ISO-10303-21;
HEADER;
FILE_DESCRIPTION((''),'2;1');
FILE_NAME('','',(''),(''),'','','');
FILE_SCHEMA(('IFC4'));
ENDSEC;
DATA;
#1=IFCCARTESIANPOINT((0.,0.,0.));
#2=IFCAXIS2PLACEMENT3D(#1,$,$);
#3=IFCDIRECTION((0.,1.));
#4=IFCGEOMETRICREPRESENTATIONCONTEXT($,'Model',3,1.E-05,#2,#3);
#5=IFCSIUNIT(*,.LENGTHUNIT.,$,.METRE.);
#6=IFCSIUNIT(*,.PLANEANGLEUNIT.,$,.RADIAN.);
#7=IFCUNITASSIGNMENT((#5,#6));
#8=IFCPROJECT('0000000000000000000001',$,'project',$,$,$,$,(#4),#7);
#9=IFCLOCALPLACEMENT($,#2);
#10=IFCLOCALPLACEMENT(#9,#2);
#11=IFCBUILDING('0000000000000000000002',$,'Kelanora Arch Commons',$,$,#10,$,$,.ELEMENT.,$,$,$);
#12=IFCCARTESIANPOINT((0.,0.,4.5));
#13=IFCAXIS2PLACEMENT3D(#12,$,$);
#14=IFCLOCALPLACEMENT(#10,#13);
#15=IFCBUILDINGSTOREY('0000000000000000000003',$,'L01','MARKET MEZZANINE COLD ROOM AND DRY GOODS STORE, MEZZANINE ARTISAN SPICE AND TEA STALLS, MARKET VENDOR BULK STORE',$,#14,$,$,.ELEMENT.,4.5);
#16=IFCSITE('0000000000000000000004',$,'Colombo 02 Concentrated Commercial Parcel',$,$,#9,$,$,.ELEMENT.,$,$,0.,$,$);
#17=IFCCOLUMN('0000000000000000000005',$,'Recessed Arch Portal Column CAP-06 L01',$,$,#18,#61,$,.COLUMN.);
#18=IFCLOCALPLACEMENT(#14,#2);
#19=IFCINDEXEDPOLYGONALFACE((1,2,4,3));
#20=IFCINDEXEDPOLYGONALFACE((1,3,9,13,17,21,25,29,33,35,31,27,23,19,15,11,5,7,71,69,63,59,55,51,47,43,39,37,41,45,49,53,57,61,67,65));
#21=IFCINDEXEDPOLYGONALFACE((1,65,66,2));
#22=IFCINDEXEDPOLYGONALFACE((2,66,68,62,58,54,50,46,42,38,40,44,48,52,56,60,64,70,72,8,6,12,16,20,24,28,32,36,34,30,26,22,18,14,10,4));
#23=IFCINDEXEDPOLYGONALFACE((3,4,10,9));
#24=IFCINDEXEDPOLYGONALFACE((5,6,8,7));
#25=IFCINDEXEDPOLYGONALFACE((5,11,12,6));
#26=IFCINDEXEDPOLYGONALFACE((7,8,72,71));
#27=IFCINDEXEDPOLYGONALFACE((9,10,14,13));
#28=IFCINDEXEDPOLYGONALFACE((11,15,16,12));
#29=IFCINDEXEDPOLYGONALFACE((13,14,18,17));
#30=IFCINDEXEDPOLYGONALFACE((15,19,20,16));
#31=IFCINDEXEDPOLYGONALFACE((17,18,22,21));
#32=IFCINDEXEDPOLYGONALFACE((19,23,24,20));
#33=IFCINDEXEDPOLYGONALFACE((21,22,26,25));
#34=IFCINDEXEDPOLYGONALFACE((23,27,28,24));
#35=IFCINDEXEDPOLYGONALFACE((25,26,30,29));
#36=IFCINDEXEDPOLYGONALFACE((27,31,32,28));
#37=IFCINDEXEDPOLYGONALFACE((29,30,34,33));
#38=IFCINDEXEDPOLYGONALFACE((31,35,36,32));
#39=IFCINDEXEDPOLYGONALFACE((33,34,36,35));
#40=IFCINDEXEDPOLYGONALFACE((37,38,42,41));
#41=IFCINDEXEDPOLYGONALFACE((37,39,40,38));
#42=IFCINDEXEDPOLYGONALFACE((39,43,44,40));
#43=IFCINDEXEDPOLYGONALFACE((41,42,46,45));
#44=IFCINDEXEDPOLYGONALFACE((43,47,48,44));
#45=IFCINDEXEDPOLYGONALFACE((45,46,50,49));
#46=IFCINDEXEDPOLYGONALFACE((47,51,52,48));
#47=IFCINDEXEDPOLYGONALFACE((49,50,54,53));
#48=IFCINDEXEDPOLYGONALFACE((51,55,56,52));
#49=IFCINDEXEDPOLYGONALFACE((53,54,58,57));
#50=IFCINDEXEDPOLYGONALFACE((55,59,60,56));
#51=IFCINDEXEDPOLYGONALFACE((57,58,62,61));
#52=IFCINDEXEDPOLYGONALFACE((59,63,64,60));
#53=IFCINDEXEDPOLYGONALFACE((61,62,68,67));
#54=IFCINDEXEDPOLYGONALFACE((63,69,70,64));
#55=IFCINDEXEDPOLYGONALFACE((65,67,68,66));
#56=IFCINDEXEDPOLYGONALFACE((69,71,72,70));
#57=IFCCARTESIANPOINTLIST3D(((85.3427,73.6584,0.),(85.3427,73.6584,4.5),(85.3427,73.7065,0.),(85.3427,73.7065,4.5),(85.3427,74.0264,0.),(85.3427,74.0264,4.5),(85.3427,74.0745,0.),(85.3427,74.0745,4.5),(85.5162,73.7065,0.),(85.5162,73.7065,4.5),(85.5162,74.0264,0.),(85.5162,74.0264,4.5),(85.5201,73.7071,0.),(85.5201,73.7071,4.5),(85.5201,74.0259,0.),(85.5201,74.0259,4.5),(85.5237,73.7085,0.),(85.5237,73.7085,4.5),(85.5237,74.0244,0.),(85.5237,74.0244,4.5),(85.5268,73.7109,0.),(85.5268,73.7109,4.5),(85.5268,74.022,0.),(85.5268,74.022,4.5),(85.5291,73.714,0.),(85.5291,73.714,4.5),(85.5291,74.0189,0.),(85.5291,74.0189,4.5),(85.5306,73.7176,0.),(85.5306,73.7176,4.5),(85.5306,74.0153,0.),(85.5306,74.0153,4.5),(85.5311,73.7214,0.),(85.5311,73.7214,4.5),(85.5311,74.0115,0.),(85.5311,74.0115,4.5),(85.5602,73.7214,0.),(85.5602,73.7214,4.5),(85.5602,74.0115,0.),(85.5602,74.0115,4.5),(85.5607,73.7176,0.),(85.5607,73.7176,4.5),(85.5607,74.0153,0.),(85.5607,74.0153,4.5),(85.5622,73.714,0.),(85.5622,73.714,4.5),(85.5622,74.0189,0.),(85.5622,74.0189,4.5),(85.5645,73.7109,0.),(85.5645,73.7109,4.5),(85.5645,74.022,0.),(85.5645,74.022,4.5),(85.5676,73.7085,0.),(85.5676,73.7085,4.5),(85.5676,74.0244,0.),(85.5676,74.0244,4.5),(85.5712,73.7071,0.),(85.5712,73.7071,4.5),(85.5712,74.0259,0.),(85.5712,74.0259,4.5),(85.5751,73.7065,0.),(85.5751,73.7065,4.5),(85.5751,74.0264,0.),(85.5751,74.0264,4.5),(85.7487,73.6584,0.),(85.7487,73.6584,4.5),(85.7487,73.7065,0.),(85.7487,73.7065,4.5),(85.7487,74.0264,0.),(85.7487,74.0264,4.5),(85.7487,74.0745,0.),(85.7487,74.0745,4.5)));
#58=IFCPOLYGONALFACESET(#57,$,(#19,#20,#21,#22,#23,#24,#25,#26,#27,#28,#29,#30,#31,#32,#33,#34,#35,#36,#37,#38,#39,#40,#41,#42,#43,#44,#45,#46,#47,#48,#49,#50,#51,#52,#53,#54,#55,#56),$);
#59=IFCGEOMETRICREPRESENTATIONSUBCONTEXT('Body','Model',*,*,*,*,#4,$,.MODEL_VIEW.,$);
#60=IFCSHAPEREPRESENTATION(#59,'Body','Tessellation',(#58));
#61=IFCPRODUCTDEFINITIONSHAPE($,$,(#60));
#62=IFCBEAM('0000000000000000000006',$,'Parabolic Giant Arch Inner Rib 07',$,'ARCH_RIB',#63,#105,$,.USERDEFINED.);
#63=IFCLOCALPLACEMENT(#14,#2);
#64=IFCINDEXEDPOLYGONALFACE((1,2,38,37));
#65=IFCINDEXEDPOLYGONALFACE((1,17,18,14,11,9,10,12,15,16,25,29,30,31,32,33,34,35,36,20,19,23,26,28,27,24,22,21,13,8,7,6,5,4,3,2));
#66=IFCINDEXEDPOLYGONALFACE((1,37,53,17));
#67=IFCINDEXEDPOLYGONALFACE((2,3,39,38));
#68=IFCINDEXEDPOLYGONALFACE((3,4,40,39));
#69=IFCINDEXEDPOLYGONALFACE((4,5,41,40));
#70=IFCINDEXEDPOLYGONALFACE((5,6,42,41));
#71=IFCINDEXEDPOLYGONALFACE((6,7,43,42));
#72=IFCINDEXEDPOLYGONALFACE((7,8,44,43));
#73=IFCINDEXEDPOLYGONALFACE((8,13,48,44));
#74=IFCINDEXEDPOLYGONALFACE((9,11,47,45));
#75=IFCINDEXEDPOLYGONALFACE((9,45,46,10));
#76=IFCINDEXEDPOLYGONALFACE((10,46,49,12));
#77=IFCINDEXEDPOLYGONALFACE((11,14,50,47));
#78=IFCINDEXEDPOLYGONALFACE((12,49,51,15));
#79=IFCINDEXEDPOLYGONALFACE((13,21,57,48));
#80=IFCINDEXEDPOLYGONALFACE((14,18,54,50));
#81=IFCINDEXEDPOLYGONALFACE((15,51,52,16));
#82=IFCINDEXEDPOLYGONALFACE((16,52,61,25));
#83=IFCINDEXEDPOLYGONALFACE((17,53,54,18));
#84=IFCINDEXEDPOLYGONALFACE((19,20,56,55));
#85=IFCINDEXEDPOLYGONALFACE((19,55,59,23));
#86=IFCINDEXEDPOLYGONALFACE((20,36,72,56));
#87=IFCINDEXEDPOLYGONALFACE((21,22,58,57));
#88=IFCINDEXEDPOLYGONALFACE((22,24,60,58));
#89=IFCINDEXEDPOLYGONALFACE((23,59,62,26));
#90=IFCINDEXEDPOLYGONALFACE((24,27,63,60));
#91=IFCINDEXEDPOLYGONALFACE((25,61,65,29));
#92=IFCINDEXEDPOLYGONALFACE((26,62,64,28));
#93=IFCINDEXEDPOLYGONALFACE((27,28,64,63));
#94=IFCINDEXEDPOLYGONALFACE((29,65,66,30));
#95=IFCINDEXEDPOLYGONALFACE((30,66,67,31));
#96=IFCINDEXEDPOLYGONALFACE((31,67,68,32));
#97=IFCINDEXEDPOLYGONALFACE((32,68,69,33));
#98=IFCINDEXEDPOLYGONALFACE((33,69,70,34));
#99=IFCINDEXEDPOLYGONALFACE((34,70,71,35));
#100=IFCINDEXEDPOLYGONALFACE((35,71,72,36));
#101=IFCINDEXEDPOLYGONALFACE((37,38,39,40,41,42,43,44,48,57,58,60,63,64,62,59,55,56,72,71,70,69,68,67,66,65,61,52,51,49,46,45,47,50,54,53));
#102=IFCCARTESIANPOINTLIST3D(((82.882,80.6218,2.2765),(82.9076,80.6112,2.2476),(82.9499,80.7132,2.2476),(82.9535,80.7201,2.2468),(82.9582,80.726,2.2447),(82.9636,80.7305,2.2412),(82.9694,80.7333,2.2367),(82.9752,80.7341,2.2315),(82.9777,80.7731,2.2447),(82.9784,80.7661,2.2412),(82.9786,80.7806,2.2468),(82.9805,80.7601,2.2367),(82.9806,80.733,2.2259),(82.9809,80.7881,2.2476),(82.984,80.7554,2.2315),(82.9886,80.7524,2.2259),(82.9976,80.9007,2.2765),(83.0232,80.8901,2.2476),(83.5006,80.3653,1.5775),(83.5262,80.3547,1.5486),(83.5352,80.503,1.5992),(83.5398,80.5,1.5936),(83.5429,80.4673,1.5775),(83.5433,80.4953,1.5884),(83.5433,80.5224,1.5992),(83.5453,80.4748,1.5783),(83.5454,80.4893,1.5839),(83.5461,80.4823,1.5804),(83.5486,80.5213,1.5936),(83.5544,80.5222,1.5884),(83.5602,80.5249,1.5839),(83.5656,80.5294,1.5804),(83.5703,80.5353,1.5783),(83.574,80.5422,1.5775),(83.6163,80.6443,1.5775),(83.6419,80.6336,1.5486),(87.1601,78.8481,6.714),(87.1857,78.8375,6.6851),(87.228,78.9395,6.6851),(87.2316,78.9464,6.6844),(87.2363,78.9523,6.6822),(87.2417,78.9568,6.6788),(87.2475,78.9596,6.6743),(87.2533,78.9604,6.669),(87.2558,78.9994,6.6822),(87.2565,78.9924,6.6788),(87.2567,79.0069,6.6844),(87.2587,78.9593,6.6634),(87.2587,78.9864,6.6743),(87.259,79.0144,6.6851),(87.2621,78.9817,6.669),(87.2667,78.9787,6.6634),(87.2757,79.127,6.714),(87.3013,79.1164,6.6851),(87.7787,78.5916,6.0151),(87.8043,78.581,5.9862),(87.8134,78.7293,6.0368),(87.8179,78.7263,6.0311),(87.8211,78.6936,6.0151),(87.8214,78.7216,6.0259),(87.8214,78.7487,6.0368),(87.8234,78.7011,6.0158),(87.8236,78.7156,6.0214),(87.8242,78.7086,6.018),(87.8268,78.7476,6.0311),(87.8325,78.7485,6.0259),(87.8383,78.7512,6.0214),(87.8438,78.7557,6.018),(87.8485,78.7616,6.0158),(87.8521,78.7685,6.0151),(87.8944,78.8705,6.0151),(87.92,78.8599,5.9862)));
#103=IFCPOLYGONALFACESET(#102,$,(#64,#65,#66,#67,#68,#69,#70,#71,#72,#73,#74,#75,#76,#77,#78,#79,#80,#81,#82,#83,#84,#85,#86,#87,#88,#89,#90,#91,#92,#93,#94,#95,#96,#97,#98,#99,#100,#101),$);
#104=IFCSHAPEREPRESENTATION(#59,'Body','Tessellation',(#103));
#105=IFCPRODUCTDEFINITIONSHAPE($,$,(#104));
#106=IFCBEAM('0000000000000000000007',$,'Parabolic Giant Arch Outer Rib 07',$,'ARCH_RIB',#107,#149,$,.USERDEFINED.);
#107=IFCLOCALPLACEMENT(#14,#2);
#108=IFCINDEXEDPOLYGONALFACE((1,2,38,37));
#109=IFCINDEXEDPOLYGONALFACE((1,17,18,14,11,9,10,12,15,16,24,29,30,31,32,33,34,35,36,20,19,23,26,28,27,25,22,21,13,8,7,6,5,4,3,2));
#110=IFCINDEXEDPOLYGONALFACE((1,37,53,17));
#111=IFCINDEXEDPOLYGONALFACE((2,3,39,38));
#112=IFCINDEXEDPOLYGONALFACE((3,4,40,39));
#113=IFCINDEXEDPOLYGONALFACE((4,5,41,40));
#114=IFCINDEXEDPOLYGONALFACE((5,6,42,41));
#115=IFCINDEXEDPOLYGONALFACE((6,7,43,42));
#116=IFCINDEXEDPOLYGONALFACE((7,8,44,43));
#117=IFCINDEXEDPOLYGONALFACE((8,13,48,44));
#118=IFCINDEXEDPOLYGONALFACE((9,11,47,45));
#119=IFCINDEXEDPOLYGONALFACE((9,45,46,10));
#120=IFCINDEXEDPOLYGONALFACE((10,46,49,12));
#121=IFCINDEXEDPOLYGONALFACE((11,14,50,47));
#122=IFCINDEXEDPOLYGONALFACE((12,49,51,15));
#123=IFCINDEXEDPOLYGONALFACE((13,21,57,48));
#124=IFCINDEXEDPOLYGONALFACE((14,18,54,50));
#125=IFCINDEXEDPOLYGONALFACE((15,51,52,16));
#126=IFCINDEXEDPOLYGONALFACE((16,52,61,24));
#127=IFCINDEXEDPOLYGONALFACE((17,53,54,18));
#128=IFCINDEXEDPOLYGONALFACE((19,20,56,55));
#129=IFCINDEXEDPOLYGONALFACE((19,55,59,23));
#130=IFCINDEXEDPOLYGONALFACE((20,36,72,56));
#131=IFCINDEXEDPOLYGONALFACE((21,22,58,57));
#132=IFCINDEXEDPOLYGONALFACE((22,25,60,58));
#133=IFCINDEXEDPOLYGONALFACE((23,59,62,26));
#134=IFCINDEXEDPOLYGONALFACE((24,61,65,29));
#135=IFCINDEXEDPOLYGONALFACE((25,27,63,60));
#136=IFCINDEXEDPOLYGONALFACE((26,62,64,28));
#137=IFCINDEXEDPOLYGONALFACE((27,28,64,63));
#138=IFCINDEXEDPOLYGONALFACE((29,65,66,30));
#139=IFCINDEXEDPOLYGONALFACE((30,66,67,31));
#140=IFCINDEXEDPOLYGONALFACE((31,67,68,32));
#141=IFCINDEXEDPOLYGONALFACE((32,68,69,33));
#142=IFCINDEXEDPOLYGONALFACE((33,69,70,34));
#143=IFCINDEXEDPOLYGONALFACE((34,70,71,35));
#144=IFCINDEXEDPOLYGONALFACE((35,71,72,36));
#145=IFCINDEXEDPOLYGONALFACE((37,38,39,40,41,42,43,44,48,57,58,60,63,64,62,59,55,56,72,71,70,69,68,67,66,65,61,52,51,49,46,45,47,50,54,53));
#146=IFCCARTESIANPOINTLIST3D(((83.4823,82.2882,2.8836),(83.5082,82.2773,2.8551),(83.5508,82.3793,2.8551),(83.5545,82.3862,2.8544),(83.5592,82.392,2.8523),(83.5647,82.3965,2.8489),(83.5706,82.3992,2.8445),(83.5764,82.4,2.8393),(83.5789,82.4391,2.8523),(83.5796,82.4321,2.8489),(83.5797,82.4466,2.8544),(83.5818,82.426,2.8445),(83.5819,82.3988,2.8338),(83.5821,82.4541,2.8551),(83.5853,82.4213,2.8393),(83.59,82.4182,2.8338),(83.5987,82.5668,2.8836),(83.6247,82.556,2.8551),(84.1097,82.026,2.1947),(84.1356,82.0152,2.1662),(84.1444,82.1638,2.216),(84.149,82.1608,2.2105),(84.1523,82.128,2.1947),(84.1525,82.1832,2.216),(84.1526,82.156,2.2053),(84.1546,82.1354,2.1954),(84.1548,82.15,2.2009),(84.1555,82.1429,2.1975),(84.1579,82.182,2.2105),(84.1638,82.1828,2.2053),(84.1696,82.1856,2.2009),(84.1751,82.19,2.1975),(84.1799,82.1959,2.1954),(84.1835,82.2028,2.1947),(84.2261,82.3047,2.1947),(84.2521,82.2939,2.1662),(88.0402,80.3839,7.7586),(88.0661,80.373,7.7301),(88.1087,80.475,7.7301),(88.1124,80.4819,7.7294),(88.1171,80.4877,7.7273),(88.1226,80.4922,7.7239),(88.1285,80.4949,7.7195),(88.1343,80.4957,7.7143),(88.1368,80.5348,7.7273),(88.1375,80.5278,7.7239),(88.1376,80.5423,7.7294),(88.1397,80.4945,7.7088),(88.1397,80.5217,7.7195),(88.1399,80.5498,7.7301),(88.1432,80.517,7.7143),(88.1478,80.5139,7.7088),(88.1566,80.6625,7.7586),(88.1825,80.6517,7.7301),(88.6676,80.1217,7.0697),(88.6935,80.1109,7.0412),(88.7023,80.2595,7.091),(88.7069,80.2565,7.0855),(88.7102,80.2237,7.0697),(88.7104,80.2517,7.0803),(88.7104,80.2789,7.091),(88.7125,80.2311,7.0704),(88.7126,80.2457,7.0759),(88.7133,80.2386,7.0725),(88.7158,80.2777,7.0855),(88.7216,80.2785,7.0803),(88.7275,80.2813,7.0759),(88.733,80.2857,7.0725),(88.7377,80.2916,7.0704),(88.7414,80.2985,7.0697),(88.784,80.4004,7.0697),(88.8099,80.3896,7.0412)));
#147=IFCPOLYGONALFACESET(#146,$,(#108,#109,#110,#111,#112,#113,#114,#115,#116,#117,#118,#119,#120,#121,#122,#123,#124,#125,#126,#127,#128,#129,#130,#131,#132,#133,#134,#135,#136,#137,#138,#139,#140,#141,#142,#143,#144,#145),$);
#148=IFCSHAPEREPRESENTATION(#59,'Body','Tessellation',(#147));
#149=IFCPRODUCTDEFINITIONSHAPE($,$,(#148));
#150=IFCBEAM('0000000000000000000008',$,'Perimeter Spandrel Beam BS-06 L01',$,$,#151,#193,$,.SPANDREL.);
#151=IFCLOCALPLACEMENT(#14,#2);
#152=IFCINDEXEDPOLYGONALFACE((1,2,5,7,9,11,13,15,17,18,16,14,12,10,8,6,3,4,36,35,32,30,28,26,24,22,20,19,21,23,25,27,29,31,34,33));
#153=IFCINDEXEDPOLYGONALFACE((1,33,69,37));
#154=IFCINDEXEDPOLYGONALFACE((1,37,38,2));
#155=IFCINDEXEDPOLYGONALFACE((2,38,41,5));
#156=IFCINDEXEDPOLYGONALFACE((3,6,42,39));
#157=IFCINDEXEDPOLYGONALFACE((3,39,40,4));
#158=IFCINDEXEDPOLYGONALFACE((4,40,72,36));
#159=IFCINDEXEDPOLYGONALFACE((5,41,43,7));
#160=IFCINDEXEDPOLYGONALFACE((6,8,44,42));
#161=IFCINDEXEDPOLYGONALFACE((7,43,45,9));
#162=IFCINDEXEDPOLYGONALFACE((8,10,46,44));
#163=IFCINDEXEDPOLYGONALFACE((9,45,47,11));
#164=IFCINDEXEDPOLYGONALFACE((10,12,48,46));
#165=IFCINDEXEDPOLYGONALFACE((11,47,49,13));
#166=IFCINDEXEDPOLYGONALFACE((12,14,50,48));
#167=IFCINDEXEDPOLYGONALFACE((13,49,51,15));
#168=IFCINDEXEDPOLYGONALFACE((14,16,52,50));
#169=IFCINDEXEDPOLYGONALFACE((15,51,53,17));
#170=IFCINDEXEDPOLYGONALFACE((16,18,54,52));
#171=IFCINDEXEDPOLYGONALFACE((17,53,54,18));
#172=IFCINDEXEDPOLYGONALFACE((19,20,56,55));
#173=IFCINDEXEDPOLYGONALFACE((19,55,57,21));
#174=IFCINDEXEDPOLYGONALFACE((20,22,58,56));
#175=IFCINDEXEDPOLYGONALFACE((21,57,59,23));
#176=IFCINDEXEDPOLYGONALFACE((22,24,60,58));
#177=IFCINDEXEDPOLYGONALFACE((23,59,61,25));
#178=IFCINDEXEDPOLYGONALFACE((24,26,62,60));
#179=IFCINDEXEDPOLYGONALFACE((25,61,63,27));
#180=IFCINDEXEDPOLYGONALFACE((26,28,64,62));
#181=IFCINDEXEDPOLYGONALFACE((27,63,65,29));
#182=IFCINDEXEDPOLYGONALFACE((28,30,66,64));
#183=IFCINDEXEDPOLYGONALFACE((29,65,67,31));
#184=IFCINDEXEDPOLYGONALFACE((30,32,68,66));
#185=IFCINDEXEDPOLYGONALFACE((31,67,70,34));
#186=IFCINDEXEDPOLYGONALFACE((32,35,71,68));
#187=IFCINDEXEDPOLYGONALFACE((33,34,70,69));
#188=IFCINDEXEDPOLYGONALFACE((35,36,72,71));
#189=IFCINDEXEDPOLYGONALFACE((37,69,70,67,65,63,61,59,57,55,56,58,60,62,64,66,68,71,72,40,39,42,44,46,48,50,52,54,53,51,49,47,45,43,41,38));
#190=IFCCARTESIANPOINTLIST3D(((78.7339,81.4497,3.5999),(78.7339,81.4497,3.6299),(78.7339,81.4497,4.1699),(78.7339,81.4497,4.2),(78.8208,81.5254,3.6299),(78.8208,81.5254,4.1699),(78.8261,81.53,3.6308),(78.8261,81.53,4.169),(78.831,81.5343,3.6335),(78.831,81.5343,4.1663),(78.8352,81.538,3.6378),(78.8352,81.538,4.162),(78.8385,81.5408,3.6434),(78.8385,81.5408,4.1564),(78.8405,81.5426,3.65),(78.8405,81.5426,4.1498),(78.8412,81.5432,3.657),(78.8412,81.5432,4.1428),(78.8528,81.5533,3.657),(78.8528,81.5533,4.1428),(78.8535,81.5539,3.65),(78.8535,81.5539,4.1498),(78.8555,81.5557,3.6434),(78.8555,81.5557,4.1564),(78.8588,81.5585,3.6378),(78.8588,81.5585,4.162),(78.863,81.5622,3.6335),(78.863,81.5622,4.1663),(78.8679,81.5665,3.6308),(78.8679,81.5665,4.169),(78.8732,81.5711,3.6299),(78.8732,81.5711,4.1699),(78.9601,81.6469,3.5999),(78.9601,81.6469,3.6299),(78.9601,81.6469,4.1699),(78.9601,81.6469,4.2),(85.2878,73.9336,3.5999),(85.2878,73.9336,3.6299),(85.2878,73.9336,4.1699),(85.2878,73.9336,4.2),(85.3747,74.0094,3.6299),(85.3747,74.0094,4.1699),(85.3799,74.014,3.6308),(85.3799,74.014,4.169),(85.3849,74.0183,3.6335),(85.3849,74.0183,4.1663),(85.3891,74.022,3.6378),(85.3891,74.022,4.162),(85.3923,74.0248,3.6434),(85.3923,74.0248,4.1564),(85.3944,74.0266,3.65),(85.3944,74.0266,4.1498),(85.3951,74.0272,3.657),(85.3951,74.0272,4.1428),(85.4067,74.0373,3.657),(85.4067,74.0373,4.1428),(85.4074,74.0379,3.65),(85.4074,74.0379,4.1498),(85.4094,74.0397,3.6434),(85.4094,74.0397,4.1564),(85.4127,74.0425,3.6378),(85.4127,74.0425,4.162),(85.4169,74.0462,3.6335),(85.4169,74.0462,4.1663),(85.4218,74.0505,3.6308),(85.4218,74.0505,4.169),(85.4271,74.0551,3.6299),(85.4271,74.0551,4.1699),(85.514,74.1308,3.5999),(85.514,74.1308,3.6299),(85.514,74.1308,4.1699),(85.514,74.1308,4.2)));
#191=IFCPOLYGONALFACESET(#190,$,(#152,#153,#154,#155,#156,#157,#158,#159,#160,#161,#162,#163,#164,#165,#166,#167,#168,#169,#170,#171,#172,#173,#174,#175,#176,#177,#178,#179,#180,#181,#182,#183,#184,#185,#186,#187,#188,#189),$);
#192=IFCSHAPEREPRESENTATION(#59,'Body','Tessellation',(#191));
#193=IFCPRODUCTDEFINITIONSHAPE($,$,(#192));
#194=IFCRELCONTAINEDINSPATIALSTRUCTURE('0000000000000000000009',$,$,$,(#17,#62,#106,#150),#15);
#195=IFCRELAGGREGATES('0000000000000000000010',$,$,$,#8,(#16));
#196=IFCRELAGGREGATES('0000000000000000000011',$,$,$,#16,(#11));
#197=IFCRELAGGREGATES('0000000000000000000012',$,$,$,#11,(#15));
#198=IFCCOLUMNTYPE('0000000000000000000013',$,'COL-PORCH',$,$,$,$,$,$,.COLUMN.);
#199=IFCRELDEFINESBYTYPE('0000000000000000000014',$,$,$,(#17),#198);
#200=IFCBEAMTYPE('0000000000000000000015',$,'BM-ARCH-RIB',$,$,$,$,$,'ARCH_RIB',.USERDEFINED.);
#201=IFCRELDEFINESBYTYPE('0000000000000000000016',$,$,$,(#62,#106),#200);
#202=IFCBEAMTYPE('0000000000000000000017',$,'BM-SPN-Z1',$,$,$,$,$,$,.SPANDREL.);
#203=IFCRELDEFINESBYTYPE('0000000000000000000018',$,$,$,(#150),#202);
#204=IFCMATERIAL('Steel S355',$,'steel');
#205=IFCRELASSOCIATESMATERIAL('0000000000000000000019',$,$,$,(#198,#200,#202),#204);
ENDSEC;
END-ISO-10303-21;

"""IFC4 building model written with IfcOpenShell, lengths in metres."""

from ifc_helpers import new_model, si_unit, direction, frame, origin, origin_2d, place, context, subcontext, project, spatial, i_section, extrude, material, material_profile, profile_set, type_object, element, save


model = new_model("IFC4")

# Units and contexts
model_context = context("Model", 3, precision=1e-05, world=origin(), true_north=direction((0.0, 1.0)))
body_context = subcontext(model_context, "Body", "Model", "MODEL_VIEW")
ifc_project = project(units=[si_unit("LENGTHUNIT", "METRE"), si_unit("PLANEANGLEUNIT", "RADIAN")], contexts=[model_context])

# Site, building, storey
site_placement = place(None, origin())
site = spatial("IfcSite", under=ifc_project, at=site_placement, Name="Colombo 02 Concentrated Commercial Parcel", CompositionType="ELEMENT", RefElevation=0.0)
building_placement = place(site_placement, origin())
building = spatial("IfcBuilding", under=site, at=building_placement, Name="Kelanora Arch Commons", CompositionType="ELEMENT")
storey_placement = place(building_placement, frame((0.0, 0.0, 4.5)))
storey = spatial("IfcBuildingStorey", under=building, at=storey_placement, Name="L01", Description="MARKET MEZZANINE COLD ROOM AND DRY GOODS STORE, MEZZANINE ARTISAN SPICE AND TEA STALLS, MARKET VENDOR BULK STORE", CompositionType="ELEMENT", Elevation=4.5)

# Column
ifc_material_1 = material(Name="Steel S355", Category="steel")
ifc_material_profile_1 = material_profile(ifc_material_1, i_section(OverallWidth=0.406, OverallDepth=0.416, WebThickness=0.0291, FlangeThickness=0.0481, FilletRadius=0.0149, at=origin_2d()), Name="HD400x382")
ifc_profile_set_1 = profile_set([ifc_material_profile_1], Name="Steel S355")
column_type = type_object("IfcColumnType", Name="COL-PORCH", PredefinedType="COLUMN", material=ifc_profile_set_1)
column_placement = place(storey_placement, frame((85.5457, 73.8665, 0.0), z_axis=(0.0, 0.0, 1.0), x_axis=(1.0, 0.0, 0.0)))
element("IfcColumn", 1, at=column_placement, inside=storey, type_object=column_type, Name="Recessed Arch Portal Column CAP-06 L01", PredefinedType="COLUMN", context=body_context, shape_type="SweptSolid", body=[
    extrude(i_section(OverallWidth=0.406, OverallDepth=0.416, WebThickness=0.0291, FlangeThickness=0.0481, FilletRadius=0.0149, at=origin_2d()), origin(), (0.0, 0.0, 1.0), 4.5),
])

# Beams
ifc_material_profile_2 = material_profile(ifc_material_1, i_section(OverallWidth=0.302, OverallDepth=1.0081, WebThickness=0.021, FlangeThickness=0.04, FilletRadius=0.03, at=origin_2d()), Name="HEM1000")
ifc_profile_set_2 = profile_set([ifc_material_profile_2], Name="Steel S355")
beam_type_1 = type_object("IfcBeamType", Name="BM-ARCH-RIB", ElementType="ARCH_RIB", PredefinedType="USERDEFINED", material=ifc_profile_set_2)
beam_1_placement = place(storey_placement, frame((87.54, 78.854, 6.3501), z_axis=(-0.666991, 0.276533, -0.691847), x_axis=(-0.382986, -0.923754, 0.0)))
element("IfcBeam", 2, at=beam_1_placement, inside=storey, type_object=beam_type_1, Name="Parabolic Giant Arch Inner Rib 07", ObjectType="ARCH_RIB", PredefinedType="USERDEFINED", context=body_context, shape_type="SweptSolid", body=[
    extrude(i_section(OverallWidth=0.302, OverallDepth=1.0081, WebThickness=0.021, FlangeThickness=0.04, FilletRadius=0.03, at=origin_2d()), origin(), (0.0, 0.0, 1.0), 6.4141),
])
beam_2_placement = place(storey_placement, frame((88.425, 80.3867, 7.3999), z_axis=(-0.656736, 0.274387, -0.702432), x_axis=(-0.38551, -0.922704, 0.0)))
element("IfcBeam", 3, at=beam_2_placement, inside=storey, type_object=beam_type_1, Name="Parabolic Giant Arch Outer Rib 07", ObjectType="ARCH_RIB", PredefinedType="USERDEFINED", context=body_context, shape_type="SweptSolid", body=[
    extrude(i_section(OverallWidth=0.302, OverallDepth=1.0081, WebThickness=0.021, FlangeThickness=0.04, FilletRadius=0.03, at=origin_2d()), origin(), (0.0, 0.0, 1.0), 6.9402),
])
ifc_material_profile_3 = material_profile(ifc_material_1, i_section(OverallWidth=0.3, OverallDepth=0.6001, WebThickness=0.0154, FlangeThickness=0.03, FilletRadius=0.0271, at=origin_2d()), Name="HEB600")
ifc_profile_set_3 = profile_set([ifc_material_profile_3], Name="Steel S355")
beam_type_2 = type_object("IfcBeamType", Name="BM-SPN-Z1", PredefinedType="SPANDREL", material=ifc_profile_set_3)
beam_3_placement = place(storey_placement, frame((85.4009, 74.0322, 3.8999), z_axis=(-0.657218, 0.753701, 0.0), x_axis=(-0.753701, -0.657218, 0.0)))
element("IfcBeam", 4, at=beam_3_placement, inside=storey, type_object=beam_type_2, Name="Perimeter Spandrel Beam BS-06 L01", PredefinedType="SPANDREL", context=body_context, shape_type="SweptSolid", body=[
    extrude(i_section(OverallWidth=0.3, OverallDepth=0.6001, WebThickness=0.0154, FlangeThickness=0.03, FilletRadius=0.0271, at=origin_2d()), origin(), (0.0, 0.0, 1.0), 9.9722),
])

save(model, "model.ifc")
